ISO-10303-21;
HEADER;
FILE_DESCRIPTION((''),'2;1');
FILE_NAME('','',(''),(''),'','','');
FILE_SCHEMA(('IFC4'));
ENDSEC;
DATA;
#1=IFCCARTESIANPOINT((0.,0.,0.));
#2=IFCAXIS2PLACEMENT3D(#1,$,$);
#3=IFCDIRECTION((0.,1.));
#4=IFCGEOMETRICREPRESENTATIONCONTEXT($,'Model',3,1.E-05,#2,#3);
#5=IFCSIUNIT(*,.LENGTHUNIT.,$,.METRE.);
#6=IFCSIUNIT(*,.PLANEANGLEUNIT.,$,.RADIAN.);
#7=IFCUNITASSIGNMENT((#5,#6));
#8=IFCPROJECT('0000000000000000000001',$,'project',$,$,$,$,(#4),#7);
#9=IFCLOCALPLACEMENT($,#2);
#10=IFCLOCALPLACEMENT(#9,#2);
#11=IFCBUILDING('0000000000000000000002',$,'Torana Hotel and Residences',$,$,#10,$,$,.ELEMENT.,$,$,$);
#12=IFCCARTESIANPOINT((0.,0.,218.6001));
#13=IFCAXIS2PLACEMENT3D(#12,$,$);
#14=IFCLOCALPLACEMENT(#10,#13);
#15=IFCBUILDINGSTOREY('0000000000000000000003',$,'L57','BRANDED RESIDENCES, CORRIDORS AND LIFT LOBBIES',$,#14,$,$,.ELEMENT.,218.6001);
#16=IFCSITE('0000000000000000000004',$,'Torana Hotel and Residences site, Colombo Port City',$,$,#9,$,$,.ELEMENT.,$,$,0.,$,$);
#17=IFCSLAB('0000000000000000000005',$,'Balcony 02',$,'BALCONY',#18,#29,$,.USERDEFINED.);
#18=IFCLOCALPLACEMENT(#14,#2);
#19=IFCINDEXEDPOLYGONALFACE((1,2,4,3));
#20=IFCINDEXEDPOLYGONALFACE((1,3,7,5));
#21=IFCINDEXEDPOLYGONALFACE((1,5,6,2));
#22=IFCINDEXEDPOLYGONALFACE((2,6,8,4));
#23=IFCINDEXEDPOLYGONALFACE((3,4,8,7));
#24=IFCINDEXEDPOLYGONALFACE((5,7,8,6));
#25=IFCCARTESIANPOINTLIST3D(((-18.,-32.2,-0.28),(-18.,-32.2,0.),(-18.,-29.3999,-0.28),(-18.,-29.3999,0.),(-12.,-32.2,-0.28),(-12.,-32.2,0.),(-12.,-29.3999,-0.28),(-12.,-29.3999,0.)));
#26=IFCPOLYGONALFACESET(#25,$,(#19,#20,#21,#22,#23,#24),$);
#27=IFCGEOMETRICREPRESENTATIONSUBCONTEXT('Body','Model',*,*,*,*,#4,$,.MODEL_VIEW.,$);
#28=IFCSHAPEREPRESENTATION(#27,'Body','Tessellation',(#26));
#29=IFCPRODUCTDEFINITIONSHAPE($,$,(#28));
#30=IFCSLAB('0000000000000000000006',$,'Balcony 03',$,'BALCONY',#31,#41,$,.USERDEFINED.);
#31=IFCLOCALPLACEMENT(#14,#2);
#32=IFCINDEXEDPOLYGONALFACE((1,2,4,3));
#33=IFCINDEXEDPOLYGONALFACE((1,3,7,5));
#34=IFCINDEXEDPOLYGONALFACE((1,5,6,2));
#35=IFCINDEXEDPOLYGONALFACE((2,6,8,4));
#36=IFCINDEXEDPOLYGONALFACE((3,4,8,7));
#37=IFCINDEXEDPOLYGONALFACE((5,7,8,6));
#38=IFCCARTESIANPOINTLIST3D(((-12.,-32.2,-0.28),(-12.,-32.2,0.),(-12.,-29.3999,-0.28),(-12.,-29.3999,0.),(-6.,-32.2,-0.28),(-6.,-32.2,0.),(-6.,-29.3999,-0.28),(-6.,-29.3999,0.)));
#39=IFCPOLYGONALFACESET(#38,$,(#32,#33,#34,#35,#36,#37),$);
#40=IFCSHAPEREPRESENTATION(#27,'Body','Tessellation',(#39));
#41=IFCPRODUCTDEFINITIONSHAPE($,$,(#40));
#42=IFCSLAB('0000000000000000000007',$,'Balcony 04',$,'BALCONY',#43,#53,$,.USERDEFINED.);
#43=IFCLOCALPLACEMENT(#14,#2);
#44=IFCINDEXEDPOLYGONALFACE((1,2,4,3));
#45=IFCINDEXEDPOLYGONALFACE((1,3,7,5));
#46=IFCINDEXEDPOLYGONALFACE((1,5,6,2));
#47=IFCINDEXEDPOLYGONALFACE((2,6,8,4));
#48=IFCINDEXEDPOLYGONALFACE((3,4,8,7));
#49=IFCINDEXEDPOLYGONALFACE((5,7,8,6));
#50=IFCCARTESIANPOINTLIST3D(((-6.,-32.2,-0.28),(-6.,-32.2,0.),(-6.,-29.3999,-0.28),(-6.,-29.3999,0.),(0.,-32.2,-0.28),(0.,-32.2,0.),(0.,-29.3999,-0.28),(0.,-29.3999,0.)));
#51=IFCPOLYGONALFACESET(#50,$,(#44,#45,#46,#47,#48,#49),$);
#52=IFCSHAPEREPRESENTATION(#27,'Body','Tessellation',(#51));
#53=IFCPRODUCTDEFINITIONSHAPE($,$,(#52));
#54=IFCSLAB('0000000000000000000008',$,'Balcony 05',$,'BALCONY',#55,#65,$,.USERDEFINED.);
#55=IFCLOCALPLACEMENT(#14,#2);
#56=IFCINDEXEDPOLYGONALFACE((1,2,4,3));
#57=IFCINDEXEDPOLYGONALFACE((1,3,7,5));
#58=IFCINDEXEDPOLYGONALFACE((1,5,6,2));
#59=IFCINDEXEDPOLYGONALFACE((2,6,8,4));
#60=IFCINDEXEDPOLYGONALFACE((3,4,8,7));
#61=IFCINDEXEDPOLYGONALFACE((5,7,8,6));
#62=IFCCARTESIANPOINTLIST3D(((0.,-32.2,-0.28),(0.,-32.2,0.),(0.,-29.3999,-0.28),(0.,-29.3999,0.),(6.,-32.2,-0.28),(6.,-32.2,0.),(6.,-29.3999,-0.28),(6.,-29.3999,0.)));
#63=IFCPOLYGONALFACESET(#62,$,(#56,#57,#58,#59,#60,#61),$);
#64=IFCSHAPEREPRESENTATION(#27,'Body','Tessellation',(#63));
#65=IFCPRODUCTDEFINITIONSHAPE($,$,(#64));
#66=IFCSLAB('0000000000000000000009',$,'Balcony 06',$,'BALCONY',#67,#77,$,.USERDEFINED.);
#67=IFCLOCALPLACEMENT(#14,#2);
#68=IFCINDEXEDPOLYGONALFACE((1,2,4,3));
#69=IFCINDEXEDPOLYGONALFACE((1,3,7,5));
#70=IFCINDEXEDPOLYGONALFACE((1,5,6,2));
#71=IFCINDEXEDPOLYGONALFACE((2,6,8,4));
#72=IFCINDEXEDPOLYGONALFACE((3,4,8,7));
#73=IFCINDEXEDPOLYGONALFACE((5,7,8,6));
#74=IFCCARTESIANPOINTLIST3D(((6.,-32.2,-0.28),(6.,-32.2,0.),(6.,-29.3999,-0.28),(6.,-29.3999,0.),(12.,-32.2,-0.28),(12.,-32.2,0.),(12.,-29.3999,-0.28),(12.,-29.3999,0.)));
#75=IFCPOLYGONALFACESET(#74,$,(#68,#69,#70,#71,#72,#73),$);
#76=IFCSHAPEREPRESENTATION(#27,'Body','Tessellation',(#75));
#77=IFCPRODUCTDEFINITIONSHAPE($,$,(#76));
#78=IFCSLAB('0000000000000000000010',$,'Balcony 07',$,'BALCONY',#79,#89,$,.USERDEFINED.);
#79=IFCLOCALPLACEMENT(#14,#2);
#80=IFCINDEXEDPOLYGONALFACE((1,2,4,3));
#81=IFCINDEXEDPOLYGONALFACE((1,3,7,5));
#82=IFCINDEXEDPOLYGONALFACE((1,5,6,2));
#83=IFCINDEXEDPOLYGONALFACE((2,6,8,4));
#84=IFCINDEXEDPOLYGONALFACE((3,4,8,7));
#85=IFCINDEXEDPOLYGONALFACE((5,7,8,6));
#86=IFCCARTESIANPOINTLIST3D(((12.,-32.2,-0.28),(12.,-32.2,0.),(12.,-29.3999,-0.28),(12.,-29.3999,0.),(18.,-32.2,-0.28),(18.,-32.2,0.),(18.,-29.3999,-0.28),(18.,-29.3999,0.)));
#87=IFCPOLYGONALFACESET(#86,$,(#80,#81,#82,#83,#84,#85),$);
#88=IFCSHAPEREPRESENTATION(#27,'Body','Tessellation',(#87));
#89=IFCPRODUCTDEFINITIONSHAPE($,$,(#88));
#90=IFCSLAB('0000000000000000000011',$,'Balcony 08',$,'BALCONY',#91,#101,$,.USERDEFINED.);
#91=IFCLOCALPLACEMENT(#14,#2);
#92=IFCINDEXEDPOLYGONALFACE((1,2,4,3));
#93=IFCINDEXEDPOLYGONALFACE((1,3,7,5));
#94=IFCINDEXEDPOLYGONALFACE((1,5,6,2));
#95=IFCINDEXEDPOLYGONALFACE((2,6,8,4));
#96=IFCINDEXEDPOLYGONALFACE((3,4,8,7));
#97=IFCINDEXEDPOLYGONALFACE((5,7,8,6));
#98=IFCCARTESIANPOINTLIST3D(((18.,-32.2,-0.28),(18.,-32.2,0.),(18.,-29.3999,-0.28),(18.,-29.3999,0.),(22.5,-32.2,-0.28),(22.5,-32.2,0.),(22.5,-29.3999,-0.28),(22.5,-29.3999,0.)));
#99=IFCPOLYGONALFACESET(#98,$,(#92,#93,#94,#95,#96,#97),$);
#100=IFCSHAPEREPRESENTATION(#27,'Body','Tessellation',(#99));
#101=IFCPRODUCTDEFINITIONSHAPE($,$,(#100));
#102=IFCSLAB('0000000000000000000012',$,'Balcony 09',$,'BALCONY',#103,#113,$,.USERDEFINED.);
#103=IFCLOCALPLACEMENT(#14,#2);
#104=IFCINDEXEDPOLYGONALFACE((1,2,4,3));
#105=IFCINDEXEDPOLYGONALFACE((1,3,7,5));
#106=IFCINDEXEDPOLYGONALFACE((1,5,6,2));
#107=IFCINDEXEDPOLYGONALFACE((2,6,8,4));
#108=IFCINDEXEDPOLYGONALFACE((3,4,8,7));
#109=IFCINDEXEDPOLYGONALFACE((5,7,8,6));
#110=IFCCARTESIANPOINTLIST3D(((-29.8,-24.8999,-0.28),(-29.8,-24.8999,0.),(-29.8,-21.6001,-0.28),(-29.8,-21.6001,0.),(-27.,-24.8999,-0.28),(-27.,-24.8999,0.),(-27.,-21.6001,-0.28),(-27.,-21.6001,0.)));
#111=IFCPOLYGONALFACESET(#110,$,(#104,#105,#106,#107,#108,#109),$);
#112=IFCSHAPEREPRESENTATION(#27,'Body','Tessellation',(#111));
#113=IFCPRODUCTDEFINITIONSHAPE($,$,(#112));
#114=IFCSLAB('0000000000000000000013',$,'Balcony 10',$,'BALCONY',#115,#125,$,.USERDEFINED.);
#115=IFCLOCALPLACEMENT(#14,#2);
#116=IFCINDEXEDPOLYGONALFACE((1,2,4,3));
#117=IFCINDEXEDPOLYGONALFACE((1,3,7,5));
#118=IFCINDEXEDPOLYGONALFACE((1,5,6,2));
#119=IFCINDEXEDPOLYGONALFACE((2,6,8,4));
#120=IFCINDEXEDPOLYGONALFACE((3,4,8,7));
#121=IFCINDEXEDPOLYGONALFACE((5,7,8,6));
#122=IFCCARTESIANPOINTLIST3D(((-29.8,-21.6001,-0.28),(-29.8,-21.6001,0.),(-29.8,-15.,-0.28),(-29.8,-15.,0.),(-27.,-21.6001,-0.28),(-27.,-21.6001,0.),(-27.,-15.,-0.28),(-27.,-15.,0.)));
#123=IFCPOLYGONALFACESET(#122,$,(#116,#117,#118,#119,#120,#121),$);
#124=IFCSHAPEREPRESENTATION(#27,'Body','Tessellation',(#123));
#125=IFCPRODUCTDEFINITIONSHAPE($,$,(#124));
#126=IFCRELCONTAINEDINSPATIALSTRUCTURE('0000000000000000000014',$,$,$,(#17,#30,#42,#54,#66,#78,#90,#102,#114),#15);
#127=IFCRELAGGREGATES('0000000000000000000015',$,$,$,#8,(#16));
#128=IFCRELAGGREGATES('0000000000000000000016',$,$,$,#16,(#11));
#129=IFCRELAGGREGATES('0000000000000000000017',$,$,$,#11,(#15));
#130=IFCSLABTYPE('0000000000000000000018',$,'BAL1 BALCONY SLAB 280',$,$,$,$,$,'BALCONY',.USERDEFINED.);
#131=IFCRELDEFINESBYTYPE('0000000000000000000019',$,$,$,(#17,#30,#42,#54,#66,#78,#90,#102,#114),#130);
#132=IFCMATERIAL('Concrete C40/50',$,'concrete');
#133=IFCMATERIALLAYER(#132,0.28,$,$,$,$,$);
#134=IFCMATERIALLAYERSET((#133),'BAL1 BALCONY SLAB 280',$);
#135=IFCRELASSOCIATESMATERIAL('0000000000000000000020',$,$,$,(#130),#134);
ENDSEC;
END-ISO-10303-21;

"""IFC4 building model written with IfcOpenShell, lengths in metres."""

from ifc_helpers import new_model, si_unit, direction, frame, origin, place, context, subcontext, project, spatial, polyline, outline, extrude, material, layer, layer_set, type_object, element, save


model = new_model("IFC4")

# Units and contexts
model_context = context("Model", 3, precision=1e-05, world=origin(), true_north=direction((0.0, 1.0)))
body_context = subcontext(model_context, "Body", "Model", "MODEL_VIEW")
ifc_project = project(units=[si_unit("LENGTHUNIT", "METRE"), si_unit("PLANEANGLEUNIT", "RADIAN")], contexts=[model_context])

# Site, building, storey
site_placement = place(None, origin())
site = spatial("IfcSite", under=ifc_project, at=site_placement, Name="Torana Hotel and Residences site, Colombo Port City", CompositionType="ELEMENT", RefElevation=0.0)
building_placement = place(site_placement, origin())
building = spatial("IfcBuilding", under=site, at=building_placement, Name="Torana Hotel and Residences", CompositionType="ELEMENT")
storey_placement = place(building_placement, frame((0.0, 0.0, 218.6001)))
storey = spatial("IfcBuildingStorey", under=building, at=storey_placement, Name="L57", Description="BRANDED RESIDENCES, CORRIDORS AND LIFT LOBBIES", CompositionType="ELEMENT", Elevation=218.6001)

# Slabs
ifc_material_1 = material(Name="Concrete C40/50", Category="concrete")
ifc_layer_1 = layer(ifc_material_1, 0.28)
ifc_layer_set_1 = layer_set([ifc_layer_1], Name="BAL1 BALCONY SLAB 280")
slab_type = type_object("IfcSlabType", Name="BAL1 BALCONY SLAB 280", ElementType="BALCONY", PredefinedType="USERDEFINED", material=ifc_layer_set_1)
slab_1_placement = place(storey_placement, frame((0.0, 0.0, -0.28)))
element("IfcSlab", 1, at=slab_1_placement, inside=storey, type_object=slab_type, Name="Balcony 02", ObjectType="BALCONY", PredefinedType="USERDEFINED", context=body_context, shape_type="SweptSolid", body=[
    extrude(outline(polyline([(-18.0, -32.2), (-12.0, -32.2), (-12.0, -29.3999), (-18.0, -29.3999), (-18.0, -32.2)])), origin(), (0.0, 0.0, 1.0), 0.28),
])
slab_2_placement = place(storey_placement, frame((0.0, 0.0, -0.28)))
element("IfcSlab", 2, at=slab_2_placement, inside=storey, type_object=slab_type, Name="Balcony 03", ObjectType="BALCONY", PredefinedType="USERDEFINED", context=body_context, shape_type="SweptSolid", body=[
    extrude(outline(polyline([(-12.0, -32.2), (-6.0, -32.2), (-6.0, -29.3999), (-12.0, -29.3999), (-12.0, -32.2)])), origin(), (0.0, 0.0, 1.0), 0.28),
])
slab_3_placement = place(storey_placement, frame((0.0, 0.0, -0.28)))
element("IfcSlab", 3, at=slab_3_placement, inside=storey, type_object=slab_type, Name="Balcony 04", ObjectType="BALCONY", PredefinedType="USERDEFINED", context=body_context, shape_type="SweptSolid", body=[
    extrude(outline(polyline([(-6.0, -32.2), (0.0, -32.2), (0.0, -29.3999), (-6.0, -29.3999), (-6.0, -32.2)])), origin(), (0.0, 0.0, 1.0), 0.28),
])
slab_4_placement = place(storey_placement, frame((0.0, 0.0, -0.28)))
element("IfcSlab", 4, at=slab_4_placement, inside=storey, type_object=slab_type, Name="Balcony 05", ObjectType="BALCONY", PredefinedType="USERDEFINED", context=body_context, shape_type="SweptSolid", body=[
    extrude(outline(polyline([(0.0, -32.2), (6.0, -32.2), (6.0, -29.3999), (0.0, -29.3999), (0.0, -32.2)])), origin(), (0.0, 0.0, 1.0), 0.28),
])
slab_5_placement = place(storey_placement, frame((0.0, 0.0, -0.28)))
element("IfcSlab", 5, at=slab_5_placement, inside=storey, type_object=slab_type, Name="Balcony 06", ObjectType="BALCONY", PredefinedType="USERDEFINED", context=body_context, shape_type="SweptSolid", body=[
    extrude(outline(polyline([(6.0, -32.2), (12.0, -32.2), (12.0, -29.3999), (6.0, -29.3999), (6.0, -32.2)])), origin(), (0.0, 0.0, 1.0), 0.28),
])
slab_6_placement = place(storey_placement, frame((0.0, 0.0, -0.28)))
element("IfcSlab", 6, at=slab_6_placement, inside=storey, type_object=slab_type, Name="Balcony 07", ObjectType="BALCONY", PredefinedType="USERDEFINED", context=body_context, shape_type="SweptSolid", body=[
    extrude(outline(polyline([(12.0, -32.2), (18.0, -32.2), (18.0, -29.3999), (12.0, -29.3999), (12.0, -32.2)])), origin(), (0.0, 0.0, 1.0), 0.28),
])
slab_7_placement = place(storey_placement, frame((0.0, 0.0, -0.28)))
element("IfcSlab", 7, at=slab_7_placement, inside=storey, type_object=slab_type, Name="Balcony 08", ObjectType="BALCONY", PredefinedType="USERDEFINED", context=body_context, shape_type="SweptSolid", body=[
    extrude(outline(polyline([(18.0, -32.2), (22.5, -32.2), (22.5, -29.3999), (18.0, -29.3999), (18.0, -32.2)])), origin(), (0.0, 0.0, 1.0), 0.28),
])
slab_8_placement = place(storey_placement, frame((0.0, 0.0, -0.28)))
element("IfcSlab", 8, at=slab_8_placement, inside=storey, type_object=slab_type, Name="Balcony 09", ObjectType="BALCONY", PredefinedType="USERDEFINED", context=body_context, shape_type="SweptSolid", body=[
    extrude(outline(polyline([(-29.8, -24.8999), (-27.0, -24.8999), (-27.0, -21.6001), (-29.8, -21.6001), (-29.8, -24.8999)])), origin(), (0.0, 0.0, 1.0), 0.28),
])
slab_9_placement = place(storey_placement, frame((0.0, 0.0, -0.28)))
element("IfcSlab", 9, at=slab_9_placement, inside=storey, type_object=slab_type, Name="Balcony 10", ObjectType="BALCONY", PredefinedType="USERDEFINED", context=body_context, shape_type="SweptSolid", body=[
    extrude(outline(polyline([(-29.8, -21.6001), (-27.0, -21.6001), (-27.0, -15.0), (-29.8, -15.0), (-29.8, -21.6001)])), origin(), (0.0, 0.0, 1.0), 0.28),
])

save(model, "model.ifc")
